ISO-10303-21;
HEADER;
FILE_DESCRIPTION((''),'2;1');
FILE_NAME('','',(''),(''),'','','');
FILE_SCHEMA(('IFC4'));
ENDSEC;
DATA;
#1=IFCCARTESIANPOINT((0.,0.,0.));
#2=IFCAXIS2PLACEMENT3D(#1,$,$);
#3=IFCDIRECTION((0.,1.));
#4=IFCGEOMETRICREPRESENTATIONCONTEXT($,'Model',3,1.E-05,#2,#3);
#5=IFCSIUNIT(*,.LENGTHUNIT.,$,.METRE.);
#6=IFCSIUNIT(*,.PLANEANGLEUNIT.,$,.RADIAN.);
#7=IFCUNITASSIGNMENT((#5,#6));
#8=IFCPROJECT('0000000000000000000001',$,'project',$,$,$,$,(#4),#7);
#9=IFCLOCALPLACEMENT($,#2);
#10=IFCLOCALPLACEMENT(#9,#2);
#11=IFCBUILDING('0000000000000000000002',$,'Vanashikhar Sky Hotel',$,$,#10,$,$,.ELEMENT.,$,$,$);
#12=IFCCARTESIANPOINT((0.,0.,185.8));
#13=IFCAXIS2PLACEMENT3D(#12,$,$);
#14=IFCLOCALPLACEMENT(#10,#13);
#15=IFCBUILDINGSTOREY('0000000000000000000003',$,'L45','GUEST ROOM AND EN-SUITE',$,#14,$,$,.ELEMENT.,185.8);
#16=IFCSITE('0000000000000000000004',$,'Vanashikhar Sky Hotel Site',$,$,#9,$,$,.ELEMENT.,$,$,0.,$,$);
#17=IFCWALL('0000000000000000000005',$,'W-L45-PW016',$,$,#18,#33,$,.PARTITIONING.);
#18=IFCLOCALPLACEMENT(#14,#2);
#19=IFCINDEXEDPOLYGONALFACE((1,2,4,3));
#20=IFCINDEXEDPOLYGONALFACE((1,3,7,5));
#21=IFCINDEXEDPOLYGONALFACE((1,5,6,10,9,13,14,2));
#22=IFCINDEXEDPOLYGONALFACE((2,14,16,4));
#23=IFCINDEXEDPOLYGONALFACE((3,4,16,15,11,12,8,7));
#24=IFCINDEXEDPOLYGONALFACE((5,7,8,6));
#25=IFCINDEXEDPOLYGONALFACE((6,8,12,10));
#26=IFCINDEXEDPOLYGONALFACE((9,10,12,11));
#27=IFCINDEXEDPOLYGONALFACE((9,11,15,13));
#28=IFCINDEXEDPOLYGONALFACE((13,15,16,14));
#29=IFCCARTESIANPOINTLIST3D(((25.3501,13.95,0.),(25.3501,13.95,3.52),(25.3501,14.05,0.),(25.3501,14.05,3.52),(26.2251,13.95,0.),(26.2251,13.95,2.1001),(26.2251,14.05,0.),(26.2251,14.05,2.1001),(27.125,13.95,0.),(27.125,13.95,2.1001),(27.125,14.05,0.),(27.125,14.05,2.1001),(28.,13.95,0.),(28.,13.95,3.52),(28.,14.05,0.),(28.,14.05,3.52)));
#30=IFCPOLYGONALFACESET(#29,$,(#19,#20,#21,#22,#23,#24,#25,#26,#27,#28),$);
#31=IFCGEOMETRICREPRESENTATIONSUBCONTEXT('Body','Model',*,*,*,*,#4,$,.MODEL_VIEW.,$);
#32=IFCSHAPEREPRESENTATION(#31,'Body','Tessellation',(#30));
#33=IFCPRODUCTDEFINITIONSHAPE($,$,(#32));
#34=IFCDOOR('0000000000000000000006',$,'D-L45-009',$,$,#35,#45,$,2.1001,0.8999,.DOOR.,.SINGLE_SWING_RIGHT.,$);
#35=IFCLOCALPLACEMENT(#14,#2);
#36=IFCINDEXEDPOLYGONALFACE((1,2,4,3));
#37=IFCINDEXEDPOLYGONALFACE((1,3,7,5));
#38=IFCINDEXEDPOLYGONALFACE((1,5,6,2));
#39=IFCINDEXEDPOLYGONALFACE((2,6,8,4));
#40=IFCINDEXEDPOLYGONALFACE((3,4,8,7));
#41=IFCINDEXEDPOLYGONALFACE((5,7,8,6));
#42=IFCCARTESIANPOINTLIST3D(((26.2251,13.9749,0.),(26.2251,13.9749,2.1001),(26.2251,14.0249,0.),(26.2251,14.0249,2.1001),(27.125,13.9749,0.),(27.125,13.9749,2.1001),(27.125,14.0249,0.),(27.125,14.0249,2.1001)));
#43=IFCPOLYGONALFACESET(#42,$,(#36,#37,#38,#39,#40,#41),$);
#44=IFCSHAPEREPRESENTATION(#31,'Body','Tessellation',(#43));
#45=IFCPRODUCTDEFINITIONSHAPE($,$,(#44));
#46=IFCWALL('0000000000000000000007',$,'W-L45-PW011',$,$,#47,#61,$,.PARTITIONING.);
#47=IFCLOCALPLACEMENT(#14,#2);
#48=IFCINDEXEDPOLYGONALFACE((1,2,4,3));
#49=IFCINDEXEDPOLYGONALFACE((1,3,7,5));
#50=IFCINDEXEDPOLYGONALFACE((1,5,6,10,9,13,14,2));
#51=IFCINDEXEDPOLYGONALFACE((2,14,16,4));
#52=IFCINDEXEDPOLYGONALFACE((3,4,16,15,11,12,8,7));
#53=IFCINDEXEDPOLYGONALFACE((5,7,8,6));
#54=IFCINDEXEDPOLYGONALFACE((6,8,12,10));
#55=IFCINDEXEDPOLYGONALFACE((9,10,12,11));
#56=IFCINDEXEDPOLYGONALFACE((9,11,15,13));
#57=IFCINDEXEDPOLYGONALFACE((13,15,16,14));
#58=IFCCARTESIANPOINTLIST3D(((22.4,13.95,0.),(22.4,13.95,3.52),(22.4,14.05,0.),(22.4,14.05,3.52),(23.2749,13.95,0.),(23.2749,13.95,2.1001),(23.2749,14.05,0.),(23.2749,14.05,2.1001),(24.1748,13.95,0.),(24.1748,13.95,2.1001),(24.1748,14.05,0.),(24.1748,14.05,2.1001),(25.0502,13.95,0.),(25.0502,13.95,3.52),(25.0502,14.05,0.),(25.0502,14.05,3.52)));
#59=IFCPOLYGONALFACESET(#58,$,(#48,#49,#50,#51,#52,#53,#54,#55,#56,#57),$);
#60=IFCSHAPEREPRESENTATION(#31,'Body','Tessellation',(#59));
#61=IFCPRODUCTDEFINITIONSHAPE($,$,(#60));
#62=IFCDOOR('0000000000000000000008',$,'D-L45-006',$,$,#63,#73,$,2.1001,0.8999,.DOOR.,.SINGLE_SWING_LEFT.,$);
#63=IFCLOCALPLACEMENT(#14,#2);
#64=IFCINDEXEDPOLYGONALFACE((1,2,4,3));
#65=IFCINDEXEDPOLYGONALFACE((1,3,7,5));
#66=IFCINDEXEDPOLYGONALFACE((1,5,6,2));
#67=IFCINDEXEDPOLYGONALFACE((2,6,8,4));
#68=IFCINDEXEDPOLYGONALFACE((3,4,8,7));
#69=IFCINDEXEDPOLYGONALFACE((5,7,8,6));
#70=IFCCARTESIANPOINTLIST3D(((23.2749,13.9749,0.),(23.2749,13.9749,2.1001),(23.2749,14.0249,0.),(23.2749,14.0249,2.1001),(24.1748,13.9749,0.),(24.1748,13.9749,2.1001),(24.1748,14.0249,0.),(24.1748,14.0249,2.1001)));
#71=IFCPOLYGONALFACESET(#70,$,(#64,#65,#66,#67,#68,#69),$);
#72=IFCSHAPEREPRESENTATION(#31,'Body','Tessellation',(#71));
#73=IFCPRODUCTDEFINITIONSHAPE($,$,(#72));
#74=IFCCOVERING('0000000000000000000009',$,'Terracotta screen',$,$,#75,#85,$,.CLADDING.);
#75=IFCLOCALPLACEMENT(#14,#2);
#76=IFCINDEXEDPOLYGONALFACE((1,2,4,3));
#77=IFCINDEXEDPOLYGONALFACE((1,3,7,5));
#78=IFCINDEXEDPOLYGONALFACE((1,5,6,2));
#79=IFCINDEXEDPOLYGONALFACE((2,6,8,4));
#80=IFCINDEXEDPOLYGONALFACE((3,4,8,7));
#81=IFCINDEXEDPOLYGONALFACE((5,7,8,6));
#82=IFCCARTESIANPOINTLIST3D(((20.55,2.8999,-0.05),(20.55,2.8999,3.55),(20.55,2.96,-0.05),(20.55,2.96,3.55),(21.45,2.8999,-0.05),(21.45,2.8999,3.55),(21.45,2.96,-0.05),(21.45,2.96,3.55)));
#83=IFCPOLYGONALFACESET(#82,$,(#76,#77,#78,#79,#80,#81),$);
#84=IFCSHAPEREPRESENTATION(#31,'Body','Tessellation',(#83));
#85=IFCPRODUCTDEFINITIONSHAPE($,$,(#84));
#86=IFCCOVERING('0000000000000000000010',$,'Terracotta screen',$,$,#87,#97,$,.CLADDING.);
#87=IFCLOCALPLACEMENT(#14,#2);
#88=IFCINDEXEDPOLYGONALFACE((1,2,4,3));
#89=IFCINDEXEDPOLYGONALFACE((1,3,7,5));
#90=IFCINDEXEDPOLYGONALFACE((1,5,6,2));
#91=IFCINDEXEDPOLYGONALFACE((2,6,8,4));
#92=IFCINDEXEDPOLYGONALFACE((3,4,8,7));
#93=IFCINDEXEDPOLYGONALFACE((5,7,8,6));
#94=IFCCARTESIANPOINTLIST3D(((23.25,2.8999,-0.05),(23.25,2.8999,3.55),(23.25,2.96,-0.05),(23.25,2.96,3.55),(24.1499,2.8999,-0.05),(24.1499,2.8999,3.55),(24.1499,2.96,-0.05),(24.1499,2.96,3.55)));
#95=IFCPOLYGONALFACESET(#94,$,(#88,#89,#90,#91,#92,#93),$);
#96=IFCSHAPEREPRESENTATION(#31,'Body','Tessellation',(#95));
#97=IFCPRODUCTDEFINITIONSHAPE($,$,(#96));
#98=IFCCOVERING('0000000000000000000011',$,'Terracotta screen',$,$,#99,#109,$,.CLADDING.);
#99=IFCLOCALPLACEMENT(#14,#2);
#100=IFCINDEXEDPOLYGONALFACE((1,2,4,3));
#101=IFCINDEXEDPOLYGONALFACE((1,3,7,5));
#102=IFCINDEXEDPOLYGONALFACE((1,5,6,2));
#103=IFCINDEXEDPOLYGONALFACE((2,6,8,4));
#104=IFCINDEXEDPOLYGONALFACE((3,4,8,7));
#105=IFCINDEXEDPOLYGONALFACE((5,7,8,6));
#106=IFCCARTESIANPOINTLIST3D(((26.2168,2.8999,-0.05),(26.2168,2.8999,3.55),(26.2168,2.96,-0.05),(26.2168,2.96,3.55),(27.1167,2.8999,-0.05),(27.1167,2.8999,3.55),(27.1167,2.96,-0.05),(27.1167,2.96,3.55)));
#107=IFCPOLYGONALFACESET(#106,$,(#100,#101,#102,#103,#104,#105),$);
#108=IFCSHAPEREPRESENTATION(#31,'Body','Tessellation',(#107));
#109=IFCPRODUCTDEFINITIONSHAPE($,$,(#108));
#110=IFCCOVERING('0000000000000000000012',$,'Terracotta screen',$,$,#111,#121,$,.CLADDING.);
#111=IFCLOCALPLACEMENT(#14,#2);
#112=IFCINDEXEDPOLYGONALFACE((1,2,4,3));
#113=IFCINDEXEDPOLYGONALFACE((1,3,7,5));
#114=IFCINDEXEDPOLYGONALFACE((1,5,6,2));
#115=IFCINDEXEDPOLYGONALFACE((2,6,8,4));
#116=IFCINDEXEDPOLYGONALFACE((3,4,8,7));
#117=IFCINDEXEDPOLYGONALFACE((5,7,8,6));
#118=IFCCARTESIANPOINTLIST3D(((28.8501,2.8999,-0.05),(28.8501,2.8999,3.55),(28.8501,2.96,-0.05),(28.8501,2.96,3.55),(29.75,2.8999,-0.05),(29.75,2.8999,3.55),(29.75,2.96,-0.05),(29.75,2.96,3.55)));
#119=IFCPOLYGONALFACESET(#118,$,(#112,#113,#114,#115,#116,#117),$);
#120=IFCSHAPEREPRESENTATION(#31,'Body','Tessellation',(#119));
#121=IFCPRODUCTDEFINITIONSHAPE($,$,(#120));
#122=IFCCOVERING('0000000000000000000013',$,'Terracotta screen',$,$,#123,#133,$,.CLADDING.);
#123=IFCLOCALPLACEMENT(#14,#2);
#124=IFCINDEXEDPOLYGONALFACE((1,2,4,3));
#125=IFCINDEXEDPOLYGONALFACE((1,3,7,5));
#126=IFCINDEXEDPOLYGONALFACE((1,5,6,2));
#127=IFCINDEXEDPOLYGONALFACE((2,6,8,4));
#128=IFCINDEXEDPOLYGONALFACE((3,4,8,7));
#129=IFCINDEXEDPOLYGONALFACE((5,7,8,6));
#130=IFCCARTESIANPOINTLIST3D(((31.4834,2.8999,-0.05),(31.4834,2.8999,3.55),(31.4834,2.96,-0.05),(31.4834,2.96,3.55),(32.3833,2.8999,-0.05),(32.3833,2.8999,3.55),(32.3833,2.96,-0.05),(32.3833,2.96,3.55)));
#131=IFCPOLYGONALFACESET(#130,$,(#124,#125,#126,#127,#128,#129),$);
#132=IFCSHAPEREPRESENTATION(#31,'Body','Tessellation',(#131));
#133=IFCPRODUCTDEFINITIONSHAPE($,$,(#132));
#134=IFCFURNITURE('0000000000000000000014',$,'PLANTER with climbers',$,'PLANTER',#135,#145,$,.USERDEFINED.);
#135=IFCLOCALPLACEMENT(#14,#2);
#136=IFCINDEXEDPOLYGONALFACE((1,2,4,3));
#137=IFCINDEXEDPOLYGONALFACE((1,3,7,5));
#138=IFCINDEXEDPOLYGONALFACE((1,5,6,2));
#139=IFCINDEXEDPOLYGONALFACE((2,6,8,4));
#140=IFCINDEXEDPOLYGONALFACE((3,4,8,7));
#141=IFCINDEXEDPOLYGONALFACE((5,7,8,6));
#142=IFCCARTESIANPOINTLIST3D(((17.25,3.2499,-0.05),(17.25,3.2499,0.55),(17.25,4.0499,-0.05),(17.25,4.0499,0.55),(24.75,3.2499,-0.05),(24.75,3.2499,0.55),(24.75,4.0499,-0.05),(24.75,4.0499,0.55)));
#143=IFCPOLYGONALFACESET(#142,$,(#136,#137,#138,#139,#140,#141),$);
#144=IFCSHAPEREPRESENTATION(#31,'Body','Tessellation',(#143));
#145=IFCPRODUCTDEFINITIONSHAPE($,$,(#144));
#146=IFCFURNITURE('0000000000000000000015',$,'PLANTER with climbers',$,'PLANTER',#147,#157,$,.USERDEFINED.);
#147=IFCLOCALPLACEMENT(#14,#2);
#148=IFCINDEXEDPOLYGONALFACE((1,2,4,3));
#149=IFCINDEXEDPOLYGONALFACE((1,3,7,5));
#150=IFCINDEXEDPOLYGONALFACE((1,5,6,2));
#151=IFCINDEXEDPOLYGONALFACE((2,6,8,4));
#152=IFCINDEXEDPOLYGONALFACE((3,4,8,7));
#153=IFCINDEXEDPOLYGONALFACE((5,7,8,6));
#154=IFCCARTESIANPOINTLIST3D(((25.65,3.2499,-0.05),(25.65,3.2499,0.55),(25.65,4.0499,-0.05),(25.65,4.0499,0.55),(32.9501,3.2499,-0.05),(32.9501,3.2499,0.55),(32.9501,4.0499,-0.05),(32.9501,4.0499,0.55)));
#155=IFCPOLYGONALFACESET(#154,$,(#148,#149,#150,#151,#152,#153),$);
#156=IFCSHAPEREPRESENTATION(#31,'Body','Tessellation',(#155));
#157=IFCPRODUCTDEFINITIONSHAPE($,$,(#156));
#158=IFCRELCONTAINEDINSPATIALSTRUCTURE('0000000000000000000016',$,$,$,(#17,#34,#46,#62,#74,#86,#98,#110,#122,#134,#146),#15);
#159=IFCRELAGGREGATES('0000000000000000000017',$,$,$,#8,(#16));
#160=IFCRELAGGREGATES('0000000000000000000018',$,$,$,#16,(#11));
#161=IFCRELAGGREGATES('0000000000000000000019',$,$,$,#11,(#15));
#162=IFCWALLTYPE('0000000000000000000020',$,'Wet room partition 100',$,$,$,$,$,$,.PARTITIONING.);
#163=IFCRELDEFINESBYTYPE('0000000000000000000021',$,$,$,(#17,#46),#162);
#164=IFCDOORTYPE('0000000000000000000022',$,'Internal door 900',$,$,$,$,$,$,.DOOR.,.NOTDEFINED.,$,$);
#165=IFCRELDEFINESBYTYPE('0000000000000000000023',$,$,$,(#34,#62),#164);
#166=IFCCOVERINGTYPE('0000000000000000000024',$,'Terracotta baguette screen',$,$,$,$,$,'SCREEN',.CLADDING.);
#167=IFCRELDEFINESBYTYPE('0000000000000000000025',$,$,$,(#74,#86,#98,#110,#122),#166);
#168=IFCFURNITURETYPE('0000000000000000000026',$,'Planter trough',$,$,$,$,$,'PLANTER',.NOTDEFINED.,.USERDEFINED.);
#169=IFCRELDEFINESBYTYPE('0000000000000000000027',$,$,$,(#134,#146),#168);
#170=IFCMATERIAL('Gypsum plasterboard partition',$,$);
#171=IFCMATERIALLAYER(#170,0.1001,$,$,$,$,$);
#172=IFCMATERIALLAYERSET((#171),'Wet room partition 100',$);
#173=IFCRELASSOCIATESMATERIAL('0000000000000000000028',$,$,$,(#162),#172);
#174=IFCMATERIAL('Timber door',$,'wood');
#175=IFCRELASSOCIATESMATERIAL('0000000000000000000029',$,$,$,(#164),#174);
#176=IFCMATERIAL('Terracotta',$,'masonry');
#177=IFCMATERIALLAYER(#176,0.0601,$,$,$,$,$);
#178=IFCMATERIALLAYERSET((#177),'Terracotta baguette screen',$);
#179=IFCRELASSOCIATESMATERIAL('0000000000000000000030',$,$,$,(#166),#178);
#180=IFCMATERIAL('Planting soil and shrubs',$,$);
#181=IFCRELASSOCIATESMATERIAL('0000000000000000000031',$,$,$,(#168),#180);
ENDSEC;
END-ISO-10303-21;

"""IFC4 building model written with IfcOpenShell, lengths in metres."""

from ifc_helpers import new_model, si_unit, direction, frame, frame_2d, origin, origin_2d, place, context, subcontext, project, spatial, rectangle, extrude, source, transform, mapped, material, layer, layer_set, type_object, element, fill, save


model = new_model("IFC4")

# Units and contexts
model_context = context("Model", 3, precision=1e-05, world=origin(), true_north=direction((0.0, 1.0)))
body_context = subcontext(model_context, "Body", "Model", "MODEL_VIEW")
ifc_project = project(units=[si_unit("LENGTHUNIT", "METRE"), si_unit("PLANEANGLEUNIT", "RADIAN")], contexts=[model_context])

# Site, building, storey
site_placement = place(None, origin())
site = spatial("IfcSite", under=ifc_project, at=site_placement, Name="Vanashikhar Sky Hotel Site", CompositionType="ELEMENT", RefElevation=0.0)
building_placement = place(site_placement, origin())
building = spatial("IfcBuilding", under=site, at=building_placement, Name="Vanashikhar Sky Hotel", CompositionType="ELEMENT")
storey_placement = place(building_placement, frame((0.0, 0.0, 185.8)))
storey = spatial("IfcBuildingStorey", under=building, at=storey_placement, Name="L45", Description="GUEST ROOM AND EN-SUITE", CompositionType="ELEMENT", Elevation=185.8)

# Shared definitions
ifc_material_1 = material(Name="Gypsum plasterboard partition")
ifc_layer_1 = layer(ifc_material_1, 0.1001)
ifc_layer_set_1 = layer_set([ifc_layer_1], Name="Wet room partition 100")
wall_type_1 = type_object("IfcWallType", Name="Wet room partition 100", PredefinedType="PARTITIONING", material=ifc_layer_set_1)
shared_shape_1 = source(origin(), body_context, "Body", "SweptSolid", [
    extrude(rectangle(XDim=0.8999, YDim=2.1001, at=frame_2d((0.45, 1.05))), frame((0.0, 0.0601, 0.0), z_axis=(0.0, -1.0, 0.0), x_axis=(1.0, 0.0, 0.0)), (0.0, 0.0, 1.0), 0.1201),
])
ifc_material_2 = material(Name="Timber door", Category="wood")
door_type_1 = type_object("IfcDoorType", Name="Internal door 900", OperationType="NOTDEFINED", PredefinedType="DOOR", material=ifc_material_2)
shared_shape_2 = source(origin(), body_context, "Body", "SweptSolid", [
    extrude(rectangle(XDim=0.8999, YDim=2.1001, at=frame_2d((0.45, 1.05))), frame((0.0, 0.0249, 0.0), z_axis=(0.0, -1.0, 0.0), x_axis=(1.0, 0.0, 0.0)), (0.0, 0.0, 1.0), 0.05),
])

# Walls, openings, doors
shared_shape_3 = source(origin(), body_context, "Body", "SweptSolid", [
    extrude(rectangle(XDim=2.6499, YDim=0.1001, at=frame_2d((1.325, 0.0))), origin(), (0.0, 0.0, 1.0), 3.52),
])
wall_1_placement = place(storey_placement, frame((25.3501, 14.0, 0.0), z_axis=(0.0, 0.0, 1.0), x_axis=(1.0, 0.0, 0.0)))
wall_1 = element("IfcWall", 1, at=wall_1_placement, inside=storey, type_object=wall_type_1, Name="W-L45-PW016", PredefinedType="PARTITIONING", context=body_context, shape_type="MappedRepresentation", body=[
    mapped(shared_shape_3, transform((0.0, 0.0, 0.0), scale=1.0)),
])
opening_1_placement = place(wall_1_placement, frame((0.875, 0.0, 0.0)))
opening_1 = element("IfcOpeningElement", 2, at=opening_1_placement, cuts=wall_1, PredefinedType="OPENING", context=body_context, shape_type="MappedRepresentation", body=[
    mapped(shared_shape_1, transform((0.0, 0.0, 0.0), scale=1.0)),
])
door_1_placement = place(opening_1_placement, origin())
door_1 = element("IfcDoor", 3, at=door_1_placement, inside=storey, type_object=door_type_1, Name="D-L45-009", OperationType="SINGLE_SWING_RIGHT", OverallHeight=2.1001, OverallWidth=0.8999, PredefinedType="DOOR", context=body_context, shape_type="MappedRepresentation", body=[
    mapped(shared_shape_2, transform((0.0, 0.0, 0.0), scale=1.0)),
])
fill(opening_1, door_1)
shared_shape_4 = source(origin(), body_context, "Body", "SweptSolid", [
    extrude(rectangle(XDim=2.6501, YDim=0.1001, at=frame_2d((1.3252, 0.0))), origin(), (0.0, 0.0, 1.0), 3.52),
])
wall_2_placement = place(storey_placement, frame((22.3999, 14.0, 0.0), z_axis=(0.0, 0.0, 1.0), x_axis=(1.0, 0.0, 0.0)))
wall_2 = element("IfcWall", 4, at=wall_2_placement, inside=storey, type_object=wall_type_1, Name="W-L45-PW011", PredefinedType="PARTITIONING", context=body_context, shape_type="MappedRepresentation", body=[
    mapped(shared_shape_4, transform((0.0, 0.0, 0.0), scale=1.0)),
])
opening_2_placement = place(wall_2_placement, frame((0.875, 0.0, 0.0)))
opening_2 = element("IfcOpeningElement", 5, at=opening_2_placement, cuts=wall_2, PredefinedType="OPENING", context=body_context, shape_type="MappedRepresentation", body=[
    mapped(shared_shape_1, transform((0.0, 0.0, 0.0), scale=1.0)),
])
door_2_placement = place(opening_2_placement, origin())
door_2 = element("IfcDoor", 6, at=door_2_placement, inside=storey, type_object=door_type_1, Name="D-L45-006", OperationType="SINGLE_SWING_LEFT", OverallHeight=2.1001, OverallWidth=0.8999, PredefinedType="DOOR", context=body_context, shape_type="MappedRepresentation", body=[
    mapped(shared_shape_2, transform((0.0, 0.0, 0.0), scale=1.0)),
])
fill(opening_2, door_2)

# Coverings
ifc_material_3 = material(Name="Terracotta", Category="masonry")
ifc_layer_2 = layer(ifc_material_3, 0.0601)
ifc_layer_set_2 = layer_set([ifc_layer_2], Name="Terracotta baguette screen")
covering_type = type_object("IfcCoveringType", Name="Terracotta baguette screen", ElementType="SCREEN", PredefinedType="CLADDING", material=ifc_layer_set_2)
shared_shape_5 = source(origin(), body_context, "Body", "SweptSolid", [
    extrude(rectangle(XDim=0.8999, YDim=0.0601, at=origin_2d()), origin(), (0.0, 0.0, 1.0), 3.6001),
])
for number, where, z_axis, x_axis, name in (
    (7, (21.0, 2.9299, -0.05), (0.0, 0.0, 1.0), (1.0, 0.0, 0.0), "Terracotta screen"),
    (8, (23.7, 2.9299, -0.05), (0.0, 0.0, 1.0), (1.0, 0.0, 0.0), "Terracotta screen"),
    (9, (26.6667, 2.9299, -0.05), (0.0, 0.0, 1.0), (1.0, 0.0, 0.0), "Terracotta screen"),
    (10, (29.3, 2.9299, -0.05), (0.0, 0.0, 1.0), (1.0, 0.0, 0.0), "Terracotta screen"),
    (11, (31.9333, 2.9299, -0.05), (0.0, 0.0, 1.0), (1.0, 0.0, 0.0), "Terracotta screen"),
):
    element("IfcCovering", number, at=place(storey_placement, frame(where, z_axis=z_axis, x_axis=x_axis)), inside=storey, type_object=covering_type, Name=name, PredefinedType="CLADDING", context=body_context, shape_type="MappedRepresentation", body=[
        mapped(shared_shape_5, transform((0.0, 0.0, 0.0), scale=1.0)),
    ])

# Furniture
ifc_material_4 = material(Name="Planting soil and shrubs")
furniture_type = type_object("IfcFurnitureType", Name="Planter trough", ElementType="PLANTER", AssemblyPlace="NOTDEFINED", PredefinedType="USERDEFINED", material=ifc_material_4)
shared_shape_6 = source(origin(), body_context, "Body", "SweptSolid", [
    extrude(rectangle(XDim=7.5, YDim=0.8, at=origin_2d()), origin(), (0.0, 0.0, 1.0), 0.6001),
])
furniture_1_placement = place(storey_placement, frame((21.0, 3.6499, -0.05), z_axis=(0.0, 0.0, 1.0), x_axis=(1.0, 0.0, 0.0)))
element("IfcFurniture", 12, at=furniture_1_placement, inside=storey, type_object=furniture_type, Name="PLANTER with climbers", ObjectType="PLANTER", PredefinedType="USERDEFINED", context=body_context, shape_type="MappedRepresentation", body=[
    mapped(shared_shape_6, transform((0.0, 0.0, 0.0), scale=1.0)),
])
shared_shape_7 = source(origin(), body_context, "Body", "SweptSolid", [
    extrude(rectangle(XDim=7.3, YDim=0.8, at=origin_2d()), origin(), (0.0, 0.0, 1.0), 0.6001),
])
furniture_2_placement = place(storey_placement, frame((29.3, 3.6499, -0.05), z_axis=(0.0, 0.0, 1.0), x_axis=(1.0, 0.0, 0.0)))
element("IfcFurniture", 13, at=furniture_2_placement, inside=storey, type_object=furniture_type, Name="PLANTER with climbers", ObjectType="PLANTER", PredefinedType="USERDEFINED", context=body_context, shape_type="MappedRepresentation", body=[
    mapped(shared_shape_7, transform((0.0, 0.0, 0.0), scale=1.0)),
])

save(model, "model.ifc")
